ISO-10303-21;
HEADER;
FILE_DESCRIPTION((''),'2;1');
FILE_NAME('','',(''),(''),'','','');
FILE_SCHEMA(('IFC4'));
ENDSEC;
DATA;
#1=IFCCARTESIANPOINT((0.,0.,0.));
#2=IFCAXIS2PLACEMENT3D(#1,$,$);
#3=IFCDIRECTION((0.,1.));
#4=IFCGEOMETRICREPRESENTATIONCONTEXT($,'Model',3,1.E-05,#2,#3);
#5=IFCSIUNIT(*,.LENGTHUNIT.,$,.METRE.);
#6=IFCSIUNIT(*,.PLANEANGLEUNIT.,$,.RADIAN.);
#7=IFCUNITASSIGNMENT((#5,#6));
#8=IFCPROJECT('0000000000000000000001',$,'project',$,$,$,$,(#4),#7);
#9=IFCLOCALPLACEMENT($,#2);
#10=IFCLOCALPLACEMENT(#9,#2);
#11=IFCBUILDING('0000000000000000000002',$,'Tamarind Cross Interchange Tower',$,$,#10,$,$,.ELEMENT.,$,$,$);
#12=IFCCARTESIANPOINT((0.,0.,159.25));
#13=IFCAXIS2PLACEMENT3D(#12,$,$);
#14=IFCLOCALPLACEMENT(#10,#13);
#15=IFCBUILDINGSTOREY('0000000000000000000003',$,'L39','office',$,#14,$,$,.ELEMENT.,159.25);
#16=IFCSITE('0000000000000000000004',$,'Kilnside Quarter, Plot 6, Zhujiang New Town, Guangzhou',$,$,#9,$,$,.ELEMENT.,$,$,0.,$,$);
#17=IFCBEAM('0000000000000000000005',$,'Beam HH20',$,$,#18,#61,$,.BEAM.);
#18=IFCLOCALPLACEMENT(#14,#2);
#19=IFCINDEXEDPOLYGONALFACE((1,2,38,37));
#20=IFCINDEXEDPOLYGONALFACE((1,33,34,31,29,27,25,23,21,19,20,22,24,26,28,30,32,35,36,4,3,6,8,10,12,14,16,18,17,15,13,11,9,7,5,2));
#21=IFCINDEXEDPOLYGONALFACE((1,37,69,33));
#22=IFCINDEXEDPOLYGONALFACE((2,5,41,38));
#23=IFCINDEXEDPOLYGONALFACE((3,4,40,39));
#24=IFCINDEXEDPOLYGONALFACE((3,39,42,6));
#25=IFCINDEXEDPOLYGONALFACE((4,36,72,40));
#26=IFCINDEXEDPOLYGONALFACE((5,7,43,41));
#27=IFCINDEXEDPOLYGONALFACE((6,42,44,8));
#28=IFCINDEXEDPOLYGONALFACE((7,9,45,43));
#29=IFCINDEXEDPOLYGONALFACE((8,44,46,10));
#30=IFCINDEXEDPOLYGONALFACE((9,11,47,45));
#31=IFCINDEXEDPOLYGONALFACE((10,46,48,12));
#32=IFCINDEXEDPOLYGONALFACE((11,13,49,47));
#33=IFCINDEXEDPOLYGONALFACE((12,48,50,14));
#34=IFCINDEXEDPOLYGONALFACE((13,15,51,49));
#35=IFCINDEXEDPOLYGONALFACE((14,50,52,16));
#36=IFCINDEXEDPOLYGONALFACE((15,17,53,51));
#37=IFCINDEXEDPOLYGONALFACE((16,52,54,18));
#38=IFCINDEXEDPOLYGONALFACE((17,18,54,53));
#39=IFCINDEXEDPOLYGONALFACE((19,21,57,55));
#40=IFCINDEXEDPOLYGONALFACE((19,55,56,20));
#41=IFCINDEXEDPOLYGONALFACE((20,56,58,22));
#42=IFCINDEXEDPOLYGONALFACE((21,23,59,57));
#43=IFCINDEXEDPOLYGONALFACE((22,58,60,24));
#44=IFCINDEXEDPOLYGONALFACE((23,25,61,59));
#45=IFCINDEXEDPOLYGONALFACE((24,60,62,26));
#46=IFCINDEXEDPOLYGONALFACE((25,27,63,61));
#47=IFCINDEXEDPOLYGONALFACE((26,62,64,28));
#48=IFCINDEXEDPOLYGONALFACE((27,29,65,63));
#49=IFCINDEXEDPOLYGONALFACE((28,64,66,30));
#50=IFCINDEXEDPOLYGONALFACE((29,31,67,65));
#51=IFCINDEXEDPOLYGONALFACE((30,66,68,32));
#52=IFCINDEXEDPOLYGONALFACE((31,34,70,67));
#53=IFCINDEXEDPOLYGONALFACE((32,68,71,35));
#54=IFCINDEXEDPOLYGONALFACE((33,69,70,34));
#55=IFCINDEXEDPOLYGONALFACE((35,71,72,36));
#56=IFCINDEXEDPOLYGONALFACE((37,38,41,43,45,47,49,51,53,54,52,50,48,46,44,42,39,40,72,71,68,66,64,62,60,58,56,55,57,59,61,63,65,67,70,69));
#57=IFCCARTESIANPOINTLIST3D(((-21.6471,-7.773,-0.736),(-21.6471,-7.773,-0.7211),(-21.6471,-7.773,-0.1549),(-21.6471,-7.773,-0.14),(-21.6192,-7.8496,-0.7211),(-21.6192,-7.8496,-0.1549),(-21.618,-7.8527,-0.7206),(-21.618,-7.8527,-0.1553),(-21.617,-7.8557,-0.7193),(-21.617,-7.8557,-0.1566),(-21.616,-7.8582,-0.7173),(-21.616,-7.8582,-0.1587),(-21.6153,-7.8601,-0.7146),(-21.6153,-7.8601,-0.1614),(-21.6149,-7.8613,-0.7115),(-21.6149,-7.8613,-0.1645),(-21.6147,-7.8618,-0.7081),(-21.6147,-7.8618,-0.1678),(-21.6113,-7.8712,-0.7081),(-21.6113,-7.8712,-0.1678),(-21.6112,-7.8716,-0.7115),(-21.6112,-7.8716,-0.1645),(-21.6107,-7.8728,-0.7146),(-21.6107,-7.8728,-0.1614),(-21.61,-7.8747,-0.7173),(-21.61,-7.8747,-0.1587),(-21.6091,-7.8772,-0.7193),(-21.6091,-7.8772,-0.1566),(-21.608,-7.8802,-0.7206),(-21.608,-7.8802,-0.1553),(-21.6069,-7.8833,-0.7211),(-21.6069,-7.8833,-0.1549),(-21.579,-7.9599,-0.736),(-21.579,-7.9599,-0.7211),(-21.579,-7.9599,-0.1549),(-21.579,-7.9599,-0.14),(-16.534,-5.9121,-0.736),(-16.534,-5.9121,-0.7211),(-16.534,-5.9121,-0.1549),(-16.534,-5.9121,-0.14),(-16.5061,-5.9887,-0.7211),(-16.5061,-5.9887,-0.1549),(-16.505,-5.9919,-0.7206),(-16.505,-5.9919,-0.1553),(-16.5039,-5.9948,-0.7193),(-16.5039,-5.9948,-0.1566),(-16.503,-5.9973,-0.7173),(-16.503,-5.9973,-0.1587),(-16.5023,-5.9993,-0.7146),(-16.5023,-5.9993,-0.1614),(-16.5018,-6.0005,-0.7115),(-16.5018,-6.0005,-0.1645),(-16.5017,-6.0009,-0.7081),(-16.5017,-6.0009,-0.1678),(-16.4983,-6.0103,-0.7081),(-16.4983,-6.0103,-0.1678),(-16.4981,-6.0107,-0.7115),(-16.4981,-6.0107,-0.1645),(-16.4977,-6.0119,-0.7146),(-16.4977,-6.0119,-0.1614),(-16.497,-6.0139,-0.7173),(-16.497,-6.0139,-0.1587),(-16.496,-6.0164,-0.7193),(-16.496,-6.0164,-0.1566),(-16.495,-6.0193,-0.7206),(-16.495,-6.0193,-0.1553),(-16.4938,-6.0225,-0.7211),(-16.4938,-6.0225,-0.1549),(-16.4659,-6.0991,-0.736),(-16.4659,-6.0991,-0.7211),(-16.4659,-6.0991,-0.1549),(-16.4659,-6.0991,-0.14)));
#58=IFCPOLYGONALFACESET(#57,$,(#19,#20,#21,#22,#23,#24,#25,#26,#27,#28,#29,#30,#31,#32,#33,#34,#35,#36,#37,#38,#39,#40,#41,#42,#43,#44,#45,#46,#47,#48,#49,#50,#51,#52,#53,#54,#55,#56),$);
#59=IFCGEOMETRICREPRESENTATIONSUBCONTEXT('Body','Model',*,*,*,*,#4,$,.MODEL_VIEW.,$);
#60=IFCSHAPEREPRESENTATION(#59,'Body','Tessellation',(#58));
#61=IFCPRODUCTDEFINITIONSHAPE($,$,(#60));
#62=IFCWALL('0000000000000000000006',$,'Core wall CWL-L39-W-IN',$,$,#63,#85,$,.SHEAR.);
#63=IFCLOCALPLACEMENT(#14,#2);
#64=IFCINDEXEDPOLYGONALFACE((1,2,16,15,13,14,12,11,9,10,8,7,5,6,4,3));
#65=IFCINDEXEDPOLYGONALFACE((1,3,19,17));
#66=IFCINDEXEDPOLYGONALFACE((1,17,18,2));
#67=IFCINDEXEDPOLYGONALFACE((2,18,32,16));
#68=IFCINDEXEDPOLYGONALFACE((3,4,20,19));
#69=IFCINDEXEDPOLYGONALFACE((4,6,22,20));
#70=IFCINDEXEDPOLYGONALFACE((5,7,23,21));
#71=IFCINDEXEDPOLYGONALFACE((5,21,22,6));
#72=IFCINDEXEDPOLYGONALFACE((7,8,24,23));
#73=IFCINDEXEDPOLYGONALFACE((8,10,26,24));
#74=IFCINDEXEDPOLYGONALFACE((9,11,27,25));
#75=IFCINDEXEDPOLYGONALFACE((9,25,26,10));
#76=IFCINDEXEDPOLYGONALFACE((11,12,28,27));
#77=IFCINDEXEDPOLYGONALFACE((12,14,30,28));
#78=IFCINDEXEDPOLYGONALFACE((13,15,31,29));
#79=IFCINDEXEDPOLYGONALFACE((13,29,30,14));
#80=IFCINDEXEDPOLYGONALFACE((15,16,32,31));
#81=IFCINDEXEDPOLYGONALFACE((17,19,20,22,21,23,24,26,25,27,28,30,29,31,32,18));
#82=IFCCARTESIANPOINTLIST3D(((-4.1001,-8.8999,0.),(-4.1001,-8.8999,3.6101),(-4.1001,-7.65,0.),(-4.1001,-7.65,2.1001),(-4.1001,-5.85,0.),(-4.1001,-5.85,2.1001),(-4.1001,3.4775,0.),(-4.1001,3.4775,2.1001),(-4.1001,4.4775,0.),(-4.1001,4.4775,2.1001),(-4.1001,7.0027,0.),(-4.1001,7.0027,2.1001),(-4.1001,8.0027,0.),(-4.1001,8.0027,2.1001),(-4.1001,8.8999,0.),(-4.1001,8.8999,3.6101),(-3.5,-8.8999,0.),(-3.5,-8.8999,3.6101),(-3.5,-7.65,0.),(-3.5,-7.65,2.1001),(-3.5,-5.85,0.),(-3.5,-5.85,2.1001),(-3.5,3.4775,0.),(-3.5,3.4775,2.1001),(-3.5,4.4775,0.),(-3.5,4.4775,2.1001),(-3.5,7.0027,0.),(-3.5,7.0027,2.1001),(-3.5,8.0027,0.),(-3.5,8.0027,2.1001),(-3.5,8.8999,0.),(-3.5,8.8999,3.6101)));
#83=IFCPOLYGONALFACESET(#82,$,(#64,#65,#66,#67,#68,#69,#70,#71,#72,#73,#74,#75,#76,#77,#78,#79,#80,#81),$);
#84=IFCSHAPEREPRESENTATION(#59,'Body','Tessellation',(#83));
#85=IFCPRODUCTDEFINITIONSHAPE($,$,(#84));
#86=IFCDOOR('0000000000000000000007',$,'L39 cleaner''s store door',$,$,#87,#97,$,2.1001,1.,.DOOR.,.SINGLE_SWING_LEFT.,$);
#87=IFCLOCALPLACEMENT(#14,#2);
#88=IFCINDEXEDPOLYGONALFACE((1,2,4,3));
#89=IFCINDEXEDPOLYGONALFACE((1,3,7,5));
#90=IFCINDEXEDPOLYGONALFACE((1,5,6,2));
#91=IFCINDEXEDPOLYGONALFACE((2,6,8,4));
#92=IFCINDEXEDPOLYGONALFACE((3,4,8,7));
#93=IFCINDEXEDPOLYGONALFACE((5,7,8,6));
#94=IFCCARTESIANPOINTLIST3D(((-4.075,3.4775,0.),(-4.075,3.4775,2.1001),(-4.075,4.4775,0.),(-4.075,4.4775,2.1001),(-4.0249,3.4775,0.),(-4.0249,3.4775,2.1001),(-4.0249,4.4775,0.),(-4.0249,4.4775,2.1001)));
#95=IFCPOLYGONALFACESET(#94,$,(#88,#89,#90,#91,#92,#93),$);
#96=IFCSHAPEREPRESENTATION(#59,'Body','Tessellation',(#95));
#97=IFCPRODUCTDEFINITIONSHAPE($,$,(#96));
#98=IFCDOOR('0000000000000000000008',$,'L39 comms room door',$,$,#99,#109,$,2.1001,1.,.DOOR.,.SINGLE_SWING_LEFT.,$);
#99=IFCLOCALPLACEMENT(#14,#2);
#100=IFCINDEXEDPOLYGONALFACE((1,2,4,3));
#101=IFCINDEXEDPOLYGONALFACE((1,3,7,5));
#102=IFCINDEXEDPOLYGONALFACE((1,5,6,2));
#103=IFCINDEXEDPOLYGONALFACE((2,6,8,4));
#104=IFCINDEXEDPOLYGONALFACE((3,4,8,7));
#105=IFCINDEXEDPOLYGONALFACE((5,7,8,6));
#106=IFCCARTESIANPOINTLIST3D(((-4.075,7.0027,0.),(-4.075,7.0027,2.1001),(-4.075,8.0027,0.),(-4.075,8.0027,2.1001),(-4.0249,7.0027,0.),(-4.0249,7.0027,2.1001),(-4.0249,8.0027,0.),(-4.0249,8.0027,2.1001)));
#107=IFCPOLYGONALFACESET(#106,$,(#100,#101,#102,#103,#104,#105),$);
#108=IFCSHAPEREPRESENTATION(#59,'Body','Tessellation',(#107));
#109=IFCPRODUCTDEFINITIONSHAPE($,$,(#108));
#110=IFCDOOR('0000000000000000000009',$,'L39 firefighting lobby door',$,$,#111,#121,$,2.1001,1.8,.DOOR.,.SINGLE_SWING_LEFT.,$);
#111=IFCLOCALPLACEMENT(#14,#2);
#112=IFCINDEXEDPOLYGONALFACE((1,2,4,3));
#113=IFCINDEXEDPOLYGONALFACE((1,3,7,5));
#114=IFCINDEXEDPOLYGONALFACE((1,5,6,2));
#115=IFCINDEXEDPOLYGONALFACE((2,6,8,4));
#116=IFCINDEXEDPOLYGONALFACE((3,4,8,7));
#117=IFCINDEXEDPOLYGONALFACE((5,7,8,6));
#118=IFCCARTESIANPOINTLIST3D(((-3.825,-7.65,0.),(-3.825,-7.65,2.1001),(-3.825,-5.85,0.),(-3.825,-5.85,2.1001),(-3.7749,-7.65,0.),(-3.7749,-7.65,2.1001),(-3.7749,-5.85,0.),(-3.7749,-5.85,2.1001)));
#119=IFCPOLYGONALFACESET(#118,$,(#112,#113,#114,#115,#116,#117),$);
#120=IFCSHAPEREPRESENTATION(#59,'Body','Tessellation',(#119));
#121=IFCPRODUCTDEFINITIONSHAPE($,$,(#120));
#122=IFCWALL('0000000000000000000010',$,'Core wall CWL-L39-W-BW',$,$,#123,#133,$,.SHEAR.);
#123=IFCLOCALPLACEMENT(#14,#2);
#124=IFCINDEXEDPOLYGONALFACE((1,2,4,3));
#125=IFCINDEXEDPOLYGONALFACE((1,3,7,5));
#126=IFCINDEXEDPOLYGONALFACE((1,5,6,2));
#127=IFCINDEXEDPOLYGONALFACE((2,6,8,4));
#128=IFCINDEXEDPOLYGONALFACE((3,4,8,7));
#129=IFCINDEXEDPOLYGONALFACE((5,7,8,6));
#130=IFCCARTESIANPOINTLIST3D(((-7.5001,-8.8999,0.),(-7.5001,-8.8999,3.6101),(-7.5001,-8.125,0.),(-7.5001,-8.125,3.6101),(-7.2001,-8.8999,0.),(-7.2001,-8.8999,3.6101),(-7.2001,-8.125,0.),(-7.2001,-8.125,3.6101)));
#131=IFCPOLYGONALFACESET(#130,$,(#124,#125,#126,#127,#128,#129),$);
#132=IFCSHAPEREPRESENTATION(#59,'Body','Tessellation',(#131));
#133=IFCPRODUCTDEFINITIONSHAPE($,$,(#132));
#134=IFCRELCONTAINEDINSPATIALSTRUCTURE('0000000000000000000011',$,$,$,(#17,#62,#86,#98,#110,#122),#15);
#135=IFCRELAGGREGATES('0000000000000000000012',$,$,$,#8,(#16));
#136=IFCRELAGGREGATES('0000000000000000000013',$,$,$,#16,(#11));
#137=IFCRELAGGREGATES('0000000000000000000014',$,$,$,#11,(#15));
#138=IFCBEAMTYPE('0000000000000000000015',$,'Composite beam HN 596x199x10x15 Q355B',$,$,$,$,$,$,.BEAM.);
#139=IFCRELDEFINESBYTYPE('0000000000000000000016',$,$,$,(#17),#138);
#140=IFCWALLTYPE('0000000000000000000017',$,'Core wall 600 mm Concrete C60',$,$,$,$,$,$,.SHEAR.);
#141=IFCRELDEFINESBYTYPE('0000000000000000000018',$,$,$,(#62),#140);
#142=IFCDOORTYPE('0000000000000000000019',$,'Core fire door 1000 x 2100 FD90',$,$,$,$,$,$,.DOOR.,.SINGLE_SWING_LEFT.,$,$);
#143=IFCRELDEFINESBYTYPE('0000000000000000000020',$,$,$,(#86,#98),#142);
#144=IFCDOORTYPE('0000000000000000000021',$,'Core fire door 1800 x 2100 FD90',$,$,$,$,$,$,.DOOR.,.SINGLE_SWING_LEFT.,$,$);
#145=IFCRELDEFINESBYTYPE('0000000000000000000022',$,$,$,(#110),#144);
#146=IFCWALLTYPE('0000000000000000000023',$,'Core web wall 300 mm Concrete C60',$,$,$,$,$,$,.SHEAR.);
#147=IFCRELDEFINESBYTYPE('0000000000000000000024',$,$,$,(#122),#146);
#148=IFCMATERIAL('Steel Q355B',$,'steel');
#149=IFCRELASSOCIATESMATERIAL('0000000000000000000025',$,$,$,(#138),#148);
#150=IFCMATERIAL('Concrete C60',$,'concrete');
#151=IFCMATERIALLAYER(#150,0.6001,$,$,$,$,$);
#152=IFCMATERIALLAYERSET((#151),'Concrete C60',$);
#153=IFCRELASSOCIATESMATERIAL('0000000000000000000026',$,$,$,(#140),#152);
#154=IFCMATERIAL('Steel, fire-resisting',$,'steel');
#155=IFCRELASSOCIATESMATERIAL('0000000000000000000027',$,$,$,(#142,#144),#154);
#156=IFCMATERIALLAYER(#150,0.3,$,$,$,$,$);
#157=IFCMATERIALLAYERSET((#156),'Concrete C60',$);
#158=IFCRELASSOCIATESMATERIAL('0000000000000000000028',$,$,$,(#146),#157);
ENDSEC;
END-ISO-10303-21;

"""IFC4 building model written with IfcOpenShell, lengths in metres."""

from ifc_helpers import new_model, si_unit, direction, frame, frame_2d, origin, origin_2d, place, context, subcontext, project, spatial, rectangle, i_section, extrude, material, layer, layer_set, material_profile, profile_set, type_object, element, fill, save


model = new_model("IFC4")

# Units and contexts
model_context = context("Model", 3, precision=1e-05, world=origin(), true_north=direction((0.0, 1.0)))
body_context = subcontext(model_context, "Body", "Model", "MODEL_VIEW")
ifc_project = project(units=[si_unit("LENGTHUNIT", "METRE"), si_unit("PLANEANGLEUNIT", "RADIAN")], contexts=[model_context])

# Site, building, storey
site_placement = place(None, origin())
site = spatial("IfcSite", under=ifc_project, at=site_placement, Name="Kilnside Quarter, Plot 6, Zhujiang New Town, Guangzhou", CompositionType="ELEMENT", RefElevation=0.0)
building_placement = place(site_placement, origin())
building = spatial("IfcBuilding", under=site, at=building_placement, Name="Tamarind Cross Interchange Tower", CompositionType="ELEMENT")
storey_placement = place(building_placement, frame((0.0, 0.0, 159.25)))
storey = spatial("IfcBuildingStorey", under=building, at=storey_placement, Name="L39", Description="office", CompositionType="ELEMENT", Elevation=159.25)

# Beam
ifc_material_1 = material(Name="Steel Q355B", Category="steel")
ifc_material_profile = material_profile(ifc_material_1, i_section(OverallWidth=0.199, OverallDepth=0.5959, WebThickness=0.01, FlangeThickness=0.0149, FilletRadius=0.0129, at=origin_2d()), Name="HN 596x199x10x15")
ifc_profile_set = profile_set([ifc_material_profile], Name="Steel Q355B")
beam_type = type_object("IfcBeamType", Name="Composite beam HN 596x199x10x15 Q355B", PredefinedType="BEAM", material=ifc_profile_set)
beam_placement = place(storey_placement, frame((-21.613, -7.8665, -0.438), z_axis=(0.939702, 0.341995, 0.0), x_axis=(-0.341995, 0.939702, 0.0)))
element("IfcBeam", 1, at=beam_placement, inside=storey, type_object=beam_type, Name="Beam HH20", PredefinedType="BEAM", context=body_context, shape_type="SweptSolid", body=[
    extrude(i_section(OverallWidth=0.199, OverallDepth=0.5959, WebThickness=0.01, FlangeThickness=0.0149, FilletRadius=0.0129, at=origin_2d()), origin(), (0.0, 0.0, 1.0), 5.4412),
])

# Wall, openings, doors
ifc_material_2 = material(Name="Concrete C60", Category="concrete")
ifc_layer_1 = layer(ifc_material_2, 0.6001)
ifc_layer_set_1 = layer_set([ifc_layer_1], Name="Concrete C60")
wall_type_1 = type_object("IfcWallType", Name="Core wall 600 mm Concrete C60", PredefinedType="SHEAR", material=ifc_layer_set_1)
wall_1_placement = place(storey_placement, frame((-3.8, -8.8999, 0.0), z_axis=(0.0, 0.0, 1.0), x_axis=(0.0, 1.0, 0.0)))
wall_1 = element("IfcWall", 2, at=wall_1_placement, inside=storey, type_object=wall_type_1, Name="Core wall CWL-L39-W-IN", PredefinedType="SHEAR", context=body_context, shape_type="SweptSolid", body=[
    extrude(rectangle(XDim=17.7998, YDim=0.6001, at=frame_2d((8.8999, 0.0))), origin(), (0.0, 0.0, 1.0), 3.6101),
])
opening_1_placement = place(wall_1_placement, frame((1.25, 0.0, 0.0)))
opening_1 = element("IfcOpeningElement", 3, at=opening_1_placement, cuts=wall_1, PredefinedType="OPENING", context=body_context, shape_type="SweptSolid", body=[
    extrude(rectangle(XDim=1.8, YDim=2.1001, at=frame_2d((0.8999, 1.05))), frame((0.0, 0.3101, 0.0), z_axis=(0.0, -1.0, 0.0), x_axis=(1.0, 0.0, 0.0)), (0.0, 0.0, 1.0), 0.6201),
])
opening_2_placement = place(wall_1_placement, frame((12.3774, 0.0, 0.0)))
opening_2 = element("IfcOpeningElement", 4, at=opening_2_placement, cuts=wall_1, PredefinedType="OPENING", context=body_context, shape_type="SweptSolid", body=[
    extrude(rectangle(XDim=1.0, YDim=2.1001, at=frame_2d((0.5, 1.05))), frame((0.0, 0.3101, 0.0), z_axis=(0.0, -1.0, 0.0), x_axis=(1.0, 0.0, 0.0)), (0.0, 0.0, 1.0), 0.6201),
])
opening_3_placement = place(wall_1_placement, frame((15.9026, 0.0, 0.0)))
opening_3 = element("IfcOpeningElement", 5, at=opening_3_placement, cuts=wall_1, PredefinedType="OPENING", context=body_context, shape_type="SweptSolid", body=[
    extrude(rectangle(XDim=1.0, YDim=2.1001, at=frame_2d((0.5, 1.05))), frame((0.0, 0.3101, 0.0), z_axis=(0.0, -1.0, 0.0), x_axis=(1.0, 0.0, 0.0)), (0.0, 0.0, 1.0), 0.6201),
])
ifc_material_3 = material(Name="Steel, fire-resisting", Category="steel")
door_type_1 = type_object("IfcDoorType", Name="Core fire door 1000 x 2100 FD90", OperationType="SINGLE_SWING_LEFT", PredefinedType="DOOR", material=ifc_material_3)
door_1_placement = place(opening_2_placement, origin())
door_1 = element("IfcDoor", 6, at=door_1_placement, inside=storey, type_object=door_type_1, Name="L39 cleaner's store door", OperationType="SINGLE_SWING_LEFT", OverallHeight=2.1001, OverallWidth=1.0, PredefinedType="DOOR", context=body_context, shape_type="SweptSolid", body=[
    extrude(rectangle(XDim=1.0, YDim=2.1001, at=frame_2d((0.5, 1.05))), frame((0.0, 0.2749, 0.0), z_axis=(0.0, -1.0, 0.0), x_axis=(1.0, 0.0, 0.0)), (0.0, 0.0, 1.0), 0.05),
])
fill(opening_2, door_1)
door_2_placement = place(opening_3_placement, origin())
door_2 = element("IfcDoor", 7, at=door_2_placement, inside=storey, type_object=door_type_1, Name="L39 comms room door", OperationType="SINGLE_SWING_LEFT", OverallHeight=2.1001, OverallWidth=1.0, PredefinedType="DOOR", context=body_context, shape_type="SweptSolid", body=[
    extrude(rectangle(XDim=1.0, YDim=2.1001, at=frame_2d((0.5, 1.05))), frame((0.0, 0.2749, 0.0), z_axis=(0.0, -1.0, 0.0), x_axis=(1.0, 0.0, 0.0)), (0.0, 0.0, 1.0), 0.05),
])
fill(opening_3, door_2)
door_type_2 = type_object("IfcDoorType", Name="Core fire door 1800 x 2100 FD90", OperationType="SINGLE_SWING_LEFT", PredefinedType="DOOR", material=ifc_material_3)
door_3_placement = place(opening_1_placement, origin())
door_3 = element("IfcDoor", 8, at=door_3_placement, inside=storey, type_object=door_type_2, Name="L39 firefighting lobby door", OperationType="SINGLE_SWING_LEFT", OverallHeight=2.1001, OverallWidth=1.8, PredefinedType="DOOR", context=body_context, shape_type="SweptSolid", body=[
    extrude(rectangle(XDim=1.8, YDim=2.1001, at=frame_2d((0.8999, 1.05))), frame((0.0, 0.0249, 0.0), z_axis=(0.0, -1.0, 0.0), x_axis=(1.0, 0.0, 0.0)), (0.0, 0.0, 1.0), 0.05),
])
fill(opening_1, door_3)

# Wall
ifc_layer_2 = layer(ifc_material_2, 0.3)
ifc_layer_set_2 = layer_set([ifc_layer_2], Name="Concrete C60")
wall_type_2 = type_object("IfcWallType", Name="Core web wall 300 mm Concrete C60", PredefinedType="SHEAR", material=ifc_layer_set_2)
wall_2_placement = place(storey_placement, frame((-7.3501, -8.8999, 0.0), z_axis=(0.0, 0.0, 1.0), x_axis=(0.0, 1.0, 0.0)))
element("IfcWall", 9, at=wall_2_placement, inside=storey, type_object=wall_type_2, Name="Core wall CWL-L39-W-BW", PredefinedType="SHEAR", context=body_context, shape_type="SweptSolid", body=[
    extrude(rectangle(XDim=0.7749, YDim=0.3, at=frame_2d((0.3875, 0.0))), origin(), (0.0, 0.0, 1.0), 3.6101),
])

save(model, "model.ifc")
